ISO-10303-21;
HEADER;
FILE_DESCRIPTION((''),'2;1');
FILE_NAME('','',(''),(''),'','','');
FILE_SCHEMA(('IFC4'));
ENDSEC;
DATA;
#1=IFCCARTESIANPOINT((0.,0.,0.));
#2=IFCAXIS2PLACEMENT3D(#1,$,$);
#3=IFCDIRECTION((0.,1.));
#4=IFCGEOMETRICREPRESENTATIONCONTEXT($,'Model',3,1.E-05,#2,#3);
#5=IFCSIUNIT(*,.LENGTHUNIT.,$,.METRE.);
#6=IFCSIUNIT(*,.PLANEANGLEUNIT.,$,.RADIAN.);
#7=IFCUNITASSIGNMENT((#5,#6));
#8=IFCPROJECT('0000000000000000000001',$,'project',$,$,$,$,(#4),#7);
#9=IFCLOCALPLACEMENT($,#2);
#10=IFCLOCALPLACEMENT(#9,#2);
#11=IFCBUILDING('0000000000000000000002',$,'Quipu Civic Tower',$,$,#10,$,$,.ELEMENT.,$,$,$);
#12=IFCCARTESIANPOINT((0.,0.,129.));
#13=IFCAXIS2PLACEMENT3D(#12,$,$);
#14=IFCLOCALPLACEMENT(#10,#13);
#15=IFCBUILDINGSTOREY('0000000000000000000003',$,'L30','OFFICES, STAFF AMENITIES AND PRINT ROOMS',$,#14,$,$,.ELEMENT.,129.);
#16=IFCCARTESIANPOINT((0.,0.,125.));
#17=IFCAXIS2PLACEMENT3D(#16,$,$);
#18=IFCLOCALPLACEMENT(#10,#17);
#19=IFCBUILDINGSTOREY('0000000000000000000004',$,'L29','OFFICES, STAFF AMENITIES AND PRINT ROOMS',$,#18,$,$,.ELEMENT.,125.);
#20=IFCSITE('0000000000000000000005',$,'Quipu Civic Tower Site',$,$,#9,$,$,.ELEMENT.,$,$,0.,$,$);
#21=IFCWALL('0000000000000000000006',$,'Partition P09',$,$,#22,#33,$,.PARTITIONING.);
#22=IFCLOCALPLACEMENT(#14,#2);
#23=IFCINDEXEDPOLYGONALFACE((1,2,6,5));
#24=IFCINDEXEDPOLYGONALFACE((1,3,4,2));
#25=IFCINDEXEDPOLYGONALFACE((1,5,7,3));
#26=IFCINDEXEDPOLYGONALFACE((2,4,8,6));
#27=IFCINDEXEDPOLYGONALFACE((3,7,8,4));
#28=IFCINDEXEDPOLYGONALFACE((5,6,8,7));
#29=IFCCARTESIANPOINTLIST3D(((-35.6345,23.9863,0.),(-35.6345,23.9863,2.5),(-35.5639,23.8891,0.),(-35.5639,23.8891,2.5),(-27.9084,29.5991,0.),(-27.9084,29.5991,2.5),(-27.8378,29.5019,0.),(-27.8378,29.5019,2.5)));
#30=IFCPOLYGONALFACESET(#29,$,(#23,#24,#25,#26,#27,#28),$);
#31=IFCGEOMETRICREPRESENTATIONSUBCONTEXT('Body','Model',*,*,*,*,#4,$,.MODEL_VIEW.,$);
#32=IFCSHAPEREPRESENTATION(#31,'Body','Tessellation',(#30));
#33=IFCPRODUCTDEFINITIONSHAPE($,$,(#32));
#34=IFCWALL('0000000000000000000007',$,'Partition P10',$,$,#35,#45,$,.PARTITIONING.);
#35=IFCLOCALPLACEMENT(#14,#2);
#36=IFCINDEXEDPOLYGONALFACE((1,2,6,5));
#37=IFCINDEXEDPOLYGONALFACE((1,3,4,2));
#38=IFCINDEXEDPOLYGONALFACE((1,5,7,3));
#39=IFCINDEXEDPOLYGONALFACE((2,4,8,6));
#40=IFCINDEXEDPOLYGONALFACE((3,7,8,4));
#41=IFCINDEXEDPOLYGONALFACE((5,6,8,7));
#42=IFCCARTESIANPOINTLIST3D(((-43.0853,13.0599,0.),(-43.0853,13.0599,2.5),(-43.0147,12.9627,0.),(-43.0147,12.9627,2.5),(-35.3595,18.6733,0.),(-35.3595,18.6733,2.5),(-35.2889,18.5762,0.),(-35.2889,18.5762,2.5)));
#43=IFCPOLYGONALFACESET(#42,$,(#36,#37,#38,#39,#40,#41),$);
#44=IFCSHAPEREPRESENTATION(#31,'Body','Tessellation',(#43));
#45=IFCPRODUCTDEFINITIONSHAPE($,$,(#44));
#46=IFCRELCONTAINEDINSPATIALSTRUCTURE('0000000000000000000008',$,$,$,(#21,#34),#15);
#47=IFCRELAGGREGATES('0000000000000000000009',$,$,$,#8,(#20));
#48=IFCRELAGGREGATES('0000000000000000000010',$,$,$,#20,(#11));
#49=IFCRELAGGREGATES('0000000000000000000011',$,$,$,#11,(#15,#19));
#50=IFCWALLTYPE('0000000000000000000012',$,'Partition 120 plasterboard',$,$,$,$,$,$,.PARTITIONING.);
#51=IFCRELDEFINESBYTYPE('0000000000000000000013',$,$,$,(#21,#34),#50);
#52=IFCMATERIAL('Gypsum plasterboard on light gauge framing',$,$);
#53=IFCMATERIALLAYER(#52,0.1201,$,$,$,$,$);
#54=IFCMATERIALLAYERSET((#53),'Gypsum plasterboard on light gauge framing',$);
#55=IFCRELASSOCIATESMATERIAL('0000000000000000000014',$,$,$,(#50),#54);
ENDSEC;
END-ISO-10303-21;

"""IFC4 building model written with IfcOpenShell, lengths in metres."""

from ifc_helpers import new_model, si_unit, direction, frame, frame_2d, origin, place, context, subcontext, project, spatial, rectangle, extrude, material, layer, layer_set, type_object, element, save


model = new_model("IFC4")

# Units and contexts
model_context = context("Model", 3, precision=1e-05, world=origin(), true_north=direction((0.0, 1.0)))
body_context = subcontext(model_context, "Body", "Model", "MODEL_VIEW")
ifc_project = project(units=[si_unit("LENGTHUNIT", "METRE"), si_unit("PLANEANGLEUNIT", "RADIAN")], contexts=[model_context])

# Site, building, storey
site_placement = place(None, origin())
site = spatial("IfcSite", under=ifc_project, at=site_placement, Name="Quipu Civic Tower Site", CompositionType="ELEMENT", RefElevation=0.0)
building_placement = place(site_placement, origin())
building = spatial("IfcBuilding", under=site, at=building_placement, Name="Quipu Civic Tower", CompositionType="ELEMENT")
storey_1_placement = place(building_placement, frame((0.0, 0.0, 129.0)))
storey_1 = spatial("IfcBuildingStorey", under=building, at=storey_1_placement, Name="L30", Description="OFFICES, STAFF AMENITIES AND PRINT ROOMS", CompositionType="ELEMENT", Elevation=129.0)

# Shared definitions
storey_2_placement = place(building_placement, frame((0.0, 0.0, 125.0)))
storey_2 = spatial("IfcBuildingStorey", under=building, at=storey_2_placement, Name="L29", Description="OFFICES, STAFF AMENITIES AND PRINT ROOMS", CompositionType="ELEMENT", Elevation=125.0)

# Walls
ifc_material_1 = material(Name="Gypsum plasterboard on light gauge framing")
ifc_layer_1 = layer(ifc_material_1, 0.1201)
ifc_layer_set_1 = layer_set([ifc_layer_1], Name="Gypsum plasterboard on light gauge framing")
wall_type_1 = type_object("IfcWallType", Name="Partition 120 plasterboard", PredefinedType="PARTITIONING", material=ifc_layer_set_1)
wall_1_placement = place(storey_1_placement, frame((-27.873, 29.5505, 0.0), z_axis=(0.0, 0.0, 1.0), x_axis=(-0.809043, -0.587749, 0.0)))
element("IfcWall", 1, at=wall_1_placement, inside=storey_1, type_object=wall_type_1, Name="Partition P09", PredefinedType="PARTITIONING", context=body_context, shape_type="SweptSolid", body=[
    extrude(rectangle(XDim=9.5496, YDim=0.1201, at=frame_2d((4.7749, 0.0))), origin(), (0.0, 0.0, 1.0), 2.5),
])
wall_2_placement = place(storey_1_placement, frame((-35.3242, 18.6248, 0.0), z_axis=(0.0, 0.0, 1.0), x_axis=(-0.808998, -0.587811, 0.0)))
element("IfcWall", 2, at=wall_2_placement, inside=storey_1, type_object=wall_type_1, Name="Partition P10", PredefinedType="PARTITIONING", context=body_context, shape_type="SweptSolid", body=[
    extrude(rectangle(XDim=9.5498, YDim=0.1201, at=frame_2d((4.7749, 0.0))), origin(), (0.0, 0.0, 1.0), 2.5),
])

save(model, "model.ifc")
